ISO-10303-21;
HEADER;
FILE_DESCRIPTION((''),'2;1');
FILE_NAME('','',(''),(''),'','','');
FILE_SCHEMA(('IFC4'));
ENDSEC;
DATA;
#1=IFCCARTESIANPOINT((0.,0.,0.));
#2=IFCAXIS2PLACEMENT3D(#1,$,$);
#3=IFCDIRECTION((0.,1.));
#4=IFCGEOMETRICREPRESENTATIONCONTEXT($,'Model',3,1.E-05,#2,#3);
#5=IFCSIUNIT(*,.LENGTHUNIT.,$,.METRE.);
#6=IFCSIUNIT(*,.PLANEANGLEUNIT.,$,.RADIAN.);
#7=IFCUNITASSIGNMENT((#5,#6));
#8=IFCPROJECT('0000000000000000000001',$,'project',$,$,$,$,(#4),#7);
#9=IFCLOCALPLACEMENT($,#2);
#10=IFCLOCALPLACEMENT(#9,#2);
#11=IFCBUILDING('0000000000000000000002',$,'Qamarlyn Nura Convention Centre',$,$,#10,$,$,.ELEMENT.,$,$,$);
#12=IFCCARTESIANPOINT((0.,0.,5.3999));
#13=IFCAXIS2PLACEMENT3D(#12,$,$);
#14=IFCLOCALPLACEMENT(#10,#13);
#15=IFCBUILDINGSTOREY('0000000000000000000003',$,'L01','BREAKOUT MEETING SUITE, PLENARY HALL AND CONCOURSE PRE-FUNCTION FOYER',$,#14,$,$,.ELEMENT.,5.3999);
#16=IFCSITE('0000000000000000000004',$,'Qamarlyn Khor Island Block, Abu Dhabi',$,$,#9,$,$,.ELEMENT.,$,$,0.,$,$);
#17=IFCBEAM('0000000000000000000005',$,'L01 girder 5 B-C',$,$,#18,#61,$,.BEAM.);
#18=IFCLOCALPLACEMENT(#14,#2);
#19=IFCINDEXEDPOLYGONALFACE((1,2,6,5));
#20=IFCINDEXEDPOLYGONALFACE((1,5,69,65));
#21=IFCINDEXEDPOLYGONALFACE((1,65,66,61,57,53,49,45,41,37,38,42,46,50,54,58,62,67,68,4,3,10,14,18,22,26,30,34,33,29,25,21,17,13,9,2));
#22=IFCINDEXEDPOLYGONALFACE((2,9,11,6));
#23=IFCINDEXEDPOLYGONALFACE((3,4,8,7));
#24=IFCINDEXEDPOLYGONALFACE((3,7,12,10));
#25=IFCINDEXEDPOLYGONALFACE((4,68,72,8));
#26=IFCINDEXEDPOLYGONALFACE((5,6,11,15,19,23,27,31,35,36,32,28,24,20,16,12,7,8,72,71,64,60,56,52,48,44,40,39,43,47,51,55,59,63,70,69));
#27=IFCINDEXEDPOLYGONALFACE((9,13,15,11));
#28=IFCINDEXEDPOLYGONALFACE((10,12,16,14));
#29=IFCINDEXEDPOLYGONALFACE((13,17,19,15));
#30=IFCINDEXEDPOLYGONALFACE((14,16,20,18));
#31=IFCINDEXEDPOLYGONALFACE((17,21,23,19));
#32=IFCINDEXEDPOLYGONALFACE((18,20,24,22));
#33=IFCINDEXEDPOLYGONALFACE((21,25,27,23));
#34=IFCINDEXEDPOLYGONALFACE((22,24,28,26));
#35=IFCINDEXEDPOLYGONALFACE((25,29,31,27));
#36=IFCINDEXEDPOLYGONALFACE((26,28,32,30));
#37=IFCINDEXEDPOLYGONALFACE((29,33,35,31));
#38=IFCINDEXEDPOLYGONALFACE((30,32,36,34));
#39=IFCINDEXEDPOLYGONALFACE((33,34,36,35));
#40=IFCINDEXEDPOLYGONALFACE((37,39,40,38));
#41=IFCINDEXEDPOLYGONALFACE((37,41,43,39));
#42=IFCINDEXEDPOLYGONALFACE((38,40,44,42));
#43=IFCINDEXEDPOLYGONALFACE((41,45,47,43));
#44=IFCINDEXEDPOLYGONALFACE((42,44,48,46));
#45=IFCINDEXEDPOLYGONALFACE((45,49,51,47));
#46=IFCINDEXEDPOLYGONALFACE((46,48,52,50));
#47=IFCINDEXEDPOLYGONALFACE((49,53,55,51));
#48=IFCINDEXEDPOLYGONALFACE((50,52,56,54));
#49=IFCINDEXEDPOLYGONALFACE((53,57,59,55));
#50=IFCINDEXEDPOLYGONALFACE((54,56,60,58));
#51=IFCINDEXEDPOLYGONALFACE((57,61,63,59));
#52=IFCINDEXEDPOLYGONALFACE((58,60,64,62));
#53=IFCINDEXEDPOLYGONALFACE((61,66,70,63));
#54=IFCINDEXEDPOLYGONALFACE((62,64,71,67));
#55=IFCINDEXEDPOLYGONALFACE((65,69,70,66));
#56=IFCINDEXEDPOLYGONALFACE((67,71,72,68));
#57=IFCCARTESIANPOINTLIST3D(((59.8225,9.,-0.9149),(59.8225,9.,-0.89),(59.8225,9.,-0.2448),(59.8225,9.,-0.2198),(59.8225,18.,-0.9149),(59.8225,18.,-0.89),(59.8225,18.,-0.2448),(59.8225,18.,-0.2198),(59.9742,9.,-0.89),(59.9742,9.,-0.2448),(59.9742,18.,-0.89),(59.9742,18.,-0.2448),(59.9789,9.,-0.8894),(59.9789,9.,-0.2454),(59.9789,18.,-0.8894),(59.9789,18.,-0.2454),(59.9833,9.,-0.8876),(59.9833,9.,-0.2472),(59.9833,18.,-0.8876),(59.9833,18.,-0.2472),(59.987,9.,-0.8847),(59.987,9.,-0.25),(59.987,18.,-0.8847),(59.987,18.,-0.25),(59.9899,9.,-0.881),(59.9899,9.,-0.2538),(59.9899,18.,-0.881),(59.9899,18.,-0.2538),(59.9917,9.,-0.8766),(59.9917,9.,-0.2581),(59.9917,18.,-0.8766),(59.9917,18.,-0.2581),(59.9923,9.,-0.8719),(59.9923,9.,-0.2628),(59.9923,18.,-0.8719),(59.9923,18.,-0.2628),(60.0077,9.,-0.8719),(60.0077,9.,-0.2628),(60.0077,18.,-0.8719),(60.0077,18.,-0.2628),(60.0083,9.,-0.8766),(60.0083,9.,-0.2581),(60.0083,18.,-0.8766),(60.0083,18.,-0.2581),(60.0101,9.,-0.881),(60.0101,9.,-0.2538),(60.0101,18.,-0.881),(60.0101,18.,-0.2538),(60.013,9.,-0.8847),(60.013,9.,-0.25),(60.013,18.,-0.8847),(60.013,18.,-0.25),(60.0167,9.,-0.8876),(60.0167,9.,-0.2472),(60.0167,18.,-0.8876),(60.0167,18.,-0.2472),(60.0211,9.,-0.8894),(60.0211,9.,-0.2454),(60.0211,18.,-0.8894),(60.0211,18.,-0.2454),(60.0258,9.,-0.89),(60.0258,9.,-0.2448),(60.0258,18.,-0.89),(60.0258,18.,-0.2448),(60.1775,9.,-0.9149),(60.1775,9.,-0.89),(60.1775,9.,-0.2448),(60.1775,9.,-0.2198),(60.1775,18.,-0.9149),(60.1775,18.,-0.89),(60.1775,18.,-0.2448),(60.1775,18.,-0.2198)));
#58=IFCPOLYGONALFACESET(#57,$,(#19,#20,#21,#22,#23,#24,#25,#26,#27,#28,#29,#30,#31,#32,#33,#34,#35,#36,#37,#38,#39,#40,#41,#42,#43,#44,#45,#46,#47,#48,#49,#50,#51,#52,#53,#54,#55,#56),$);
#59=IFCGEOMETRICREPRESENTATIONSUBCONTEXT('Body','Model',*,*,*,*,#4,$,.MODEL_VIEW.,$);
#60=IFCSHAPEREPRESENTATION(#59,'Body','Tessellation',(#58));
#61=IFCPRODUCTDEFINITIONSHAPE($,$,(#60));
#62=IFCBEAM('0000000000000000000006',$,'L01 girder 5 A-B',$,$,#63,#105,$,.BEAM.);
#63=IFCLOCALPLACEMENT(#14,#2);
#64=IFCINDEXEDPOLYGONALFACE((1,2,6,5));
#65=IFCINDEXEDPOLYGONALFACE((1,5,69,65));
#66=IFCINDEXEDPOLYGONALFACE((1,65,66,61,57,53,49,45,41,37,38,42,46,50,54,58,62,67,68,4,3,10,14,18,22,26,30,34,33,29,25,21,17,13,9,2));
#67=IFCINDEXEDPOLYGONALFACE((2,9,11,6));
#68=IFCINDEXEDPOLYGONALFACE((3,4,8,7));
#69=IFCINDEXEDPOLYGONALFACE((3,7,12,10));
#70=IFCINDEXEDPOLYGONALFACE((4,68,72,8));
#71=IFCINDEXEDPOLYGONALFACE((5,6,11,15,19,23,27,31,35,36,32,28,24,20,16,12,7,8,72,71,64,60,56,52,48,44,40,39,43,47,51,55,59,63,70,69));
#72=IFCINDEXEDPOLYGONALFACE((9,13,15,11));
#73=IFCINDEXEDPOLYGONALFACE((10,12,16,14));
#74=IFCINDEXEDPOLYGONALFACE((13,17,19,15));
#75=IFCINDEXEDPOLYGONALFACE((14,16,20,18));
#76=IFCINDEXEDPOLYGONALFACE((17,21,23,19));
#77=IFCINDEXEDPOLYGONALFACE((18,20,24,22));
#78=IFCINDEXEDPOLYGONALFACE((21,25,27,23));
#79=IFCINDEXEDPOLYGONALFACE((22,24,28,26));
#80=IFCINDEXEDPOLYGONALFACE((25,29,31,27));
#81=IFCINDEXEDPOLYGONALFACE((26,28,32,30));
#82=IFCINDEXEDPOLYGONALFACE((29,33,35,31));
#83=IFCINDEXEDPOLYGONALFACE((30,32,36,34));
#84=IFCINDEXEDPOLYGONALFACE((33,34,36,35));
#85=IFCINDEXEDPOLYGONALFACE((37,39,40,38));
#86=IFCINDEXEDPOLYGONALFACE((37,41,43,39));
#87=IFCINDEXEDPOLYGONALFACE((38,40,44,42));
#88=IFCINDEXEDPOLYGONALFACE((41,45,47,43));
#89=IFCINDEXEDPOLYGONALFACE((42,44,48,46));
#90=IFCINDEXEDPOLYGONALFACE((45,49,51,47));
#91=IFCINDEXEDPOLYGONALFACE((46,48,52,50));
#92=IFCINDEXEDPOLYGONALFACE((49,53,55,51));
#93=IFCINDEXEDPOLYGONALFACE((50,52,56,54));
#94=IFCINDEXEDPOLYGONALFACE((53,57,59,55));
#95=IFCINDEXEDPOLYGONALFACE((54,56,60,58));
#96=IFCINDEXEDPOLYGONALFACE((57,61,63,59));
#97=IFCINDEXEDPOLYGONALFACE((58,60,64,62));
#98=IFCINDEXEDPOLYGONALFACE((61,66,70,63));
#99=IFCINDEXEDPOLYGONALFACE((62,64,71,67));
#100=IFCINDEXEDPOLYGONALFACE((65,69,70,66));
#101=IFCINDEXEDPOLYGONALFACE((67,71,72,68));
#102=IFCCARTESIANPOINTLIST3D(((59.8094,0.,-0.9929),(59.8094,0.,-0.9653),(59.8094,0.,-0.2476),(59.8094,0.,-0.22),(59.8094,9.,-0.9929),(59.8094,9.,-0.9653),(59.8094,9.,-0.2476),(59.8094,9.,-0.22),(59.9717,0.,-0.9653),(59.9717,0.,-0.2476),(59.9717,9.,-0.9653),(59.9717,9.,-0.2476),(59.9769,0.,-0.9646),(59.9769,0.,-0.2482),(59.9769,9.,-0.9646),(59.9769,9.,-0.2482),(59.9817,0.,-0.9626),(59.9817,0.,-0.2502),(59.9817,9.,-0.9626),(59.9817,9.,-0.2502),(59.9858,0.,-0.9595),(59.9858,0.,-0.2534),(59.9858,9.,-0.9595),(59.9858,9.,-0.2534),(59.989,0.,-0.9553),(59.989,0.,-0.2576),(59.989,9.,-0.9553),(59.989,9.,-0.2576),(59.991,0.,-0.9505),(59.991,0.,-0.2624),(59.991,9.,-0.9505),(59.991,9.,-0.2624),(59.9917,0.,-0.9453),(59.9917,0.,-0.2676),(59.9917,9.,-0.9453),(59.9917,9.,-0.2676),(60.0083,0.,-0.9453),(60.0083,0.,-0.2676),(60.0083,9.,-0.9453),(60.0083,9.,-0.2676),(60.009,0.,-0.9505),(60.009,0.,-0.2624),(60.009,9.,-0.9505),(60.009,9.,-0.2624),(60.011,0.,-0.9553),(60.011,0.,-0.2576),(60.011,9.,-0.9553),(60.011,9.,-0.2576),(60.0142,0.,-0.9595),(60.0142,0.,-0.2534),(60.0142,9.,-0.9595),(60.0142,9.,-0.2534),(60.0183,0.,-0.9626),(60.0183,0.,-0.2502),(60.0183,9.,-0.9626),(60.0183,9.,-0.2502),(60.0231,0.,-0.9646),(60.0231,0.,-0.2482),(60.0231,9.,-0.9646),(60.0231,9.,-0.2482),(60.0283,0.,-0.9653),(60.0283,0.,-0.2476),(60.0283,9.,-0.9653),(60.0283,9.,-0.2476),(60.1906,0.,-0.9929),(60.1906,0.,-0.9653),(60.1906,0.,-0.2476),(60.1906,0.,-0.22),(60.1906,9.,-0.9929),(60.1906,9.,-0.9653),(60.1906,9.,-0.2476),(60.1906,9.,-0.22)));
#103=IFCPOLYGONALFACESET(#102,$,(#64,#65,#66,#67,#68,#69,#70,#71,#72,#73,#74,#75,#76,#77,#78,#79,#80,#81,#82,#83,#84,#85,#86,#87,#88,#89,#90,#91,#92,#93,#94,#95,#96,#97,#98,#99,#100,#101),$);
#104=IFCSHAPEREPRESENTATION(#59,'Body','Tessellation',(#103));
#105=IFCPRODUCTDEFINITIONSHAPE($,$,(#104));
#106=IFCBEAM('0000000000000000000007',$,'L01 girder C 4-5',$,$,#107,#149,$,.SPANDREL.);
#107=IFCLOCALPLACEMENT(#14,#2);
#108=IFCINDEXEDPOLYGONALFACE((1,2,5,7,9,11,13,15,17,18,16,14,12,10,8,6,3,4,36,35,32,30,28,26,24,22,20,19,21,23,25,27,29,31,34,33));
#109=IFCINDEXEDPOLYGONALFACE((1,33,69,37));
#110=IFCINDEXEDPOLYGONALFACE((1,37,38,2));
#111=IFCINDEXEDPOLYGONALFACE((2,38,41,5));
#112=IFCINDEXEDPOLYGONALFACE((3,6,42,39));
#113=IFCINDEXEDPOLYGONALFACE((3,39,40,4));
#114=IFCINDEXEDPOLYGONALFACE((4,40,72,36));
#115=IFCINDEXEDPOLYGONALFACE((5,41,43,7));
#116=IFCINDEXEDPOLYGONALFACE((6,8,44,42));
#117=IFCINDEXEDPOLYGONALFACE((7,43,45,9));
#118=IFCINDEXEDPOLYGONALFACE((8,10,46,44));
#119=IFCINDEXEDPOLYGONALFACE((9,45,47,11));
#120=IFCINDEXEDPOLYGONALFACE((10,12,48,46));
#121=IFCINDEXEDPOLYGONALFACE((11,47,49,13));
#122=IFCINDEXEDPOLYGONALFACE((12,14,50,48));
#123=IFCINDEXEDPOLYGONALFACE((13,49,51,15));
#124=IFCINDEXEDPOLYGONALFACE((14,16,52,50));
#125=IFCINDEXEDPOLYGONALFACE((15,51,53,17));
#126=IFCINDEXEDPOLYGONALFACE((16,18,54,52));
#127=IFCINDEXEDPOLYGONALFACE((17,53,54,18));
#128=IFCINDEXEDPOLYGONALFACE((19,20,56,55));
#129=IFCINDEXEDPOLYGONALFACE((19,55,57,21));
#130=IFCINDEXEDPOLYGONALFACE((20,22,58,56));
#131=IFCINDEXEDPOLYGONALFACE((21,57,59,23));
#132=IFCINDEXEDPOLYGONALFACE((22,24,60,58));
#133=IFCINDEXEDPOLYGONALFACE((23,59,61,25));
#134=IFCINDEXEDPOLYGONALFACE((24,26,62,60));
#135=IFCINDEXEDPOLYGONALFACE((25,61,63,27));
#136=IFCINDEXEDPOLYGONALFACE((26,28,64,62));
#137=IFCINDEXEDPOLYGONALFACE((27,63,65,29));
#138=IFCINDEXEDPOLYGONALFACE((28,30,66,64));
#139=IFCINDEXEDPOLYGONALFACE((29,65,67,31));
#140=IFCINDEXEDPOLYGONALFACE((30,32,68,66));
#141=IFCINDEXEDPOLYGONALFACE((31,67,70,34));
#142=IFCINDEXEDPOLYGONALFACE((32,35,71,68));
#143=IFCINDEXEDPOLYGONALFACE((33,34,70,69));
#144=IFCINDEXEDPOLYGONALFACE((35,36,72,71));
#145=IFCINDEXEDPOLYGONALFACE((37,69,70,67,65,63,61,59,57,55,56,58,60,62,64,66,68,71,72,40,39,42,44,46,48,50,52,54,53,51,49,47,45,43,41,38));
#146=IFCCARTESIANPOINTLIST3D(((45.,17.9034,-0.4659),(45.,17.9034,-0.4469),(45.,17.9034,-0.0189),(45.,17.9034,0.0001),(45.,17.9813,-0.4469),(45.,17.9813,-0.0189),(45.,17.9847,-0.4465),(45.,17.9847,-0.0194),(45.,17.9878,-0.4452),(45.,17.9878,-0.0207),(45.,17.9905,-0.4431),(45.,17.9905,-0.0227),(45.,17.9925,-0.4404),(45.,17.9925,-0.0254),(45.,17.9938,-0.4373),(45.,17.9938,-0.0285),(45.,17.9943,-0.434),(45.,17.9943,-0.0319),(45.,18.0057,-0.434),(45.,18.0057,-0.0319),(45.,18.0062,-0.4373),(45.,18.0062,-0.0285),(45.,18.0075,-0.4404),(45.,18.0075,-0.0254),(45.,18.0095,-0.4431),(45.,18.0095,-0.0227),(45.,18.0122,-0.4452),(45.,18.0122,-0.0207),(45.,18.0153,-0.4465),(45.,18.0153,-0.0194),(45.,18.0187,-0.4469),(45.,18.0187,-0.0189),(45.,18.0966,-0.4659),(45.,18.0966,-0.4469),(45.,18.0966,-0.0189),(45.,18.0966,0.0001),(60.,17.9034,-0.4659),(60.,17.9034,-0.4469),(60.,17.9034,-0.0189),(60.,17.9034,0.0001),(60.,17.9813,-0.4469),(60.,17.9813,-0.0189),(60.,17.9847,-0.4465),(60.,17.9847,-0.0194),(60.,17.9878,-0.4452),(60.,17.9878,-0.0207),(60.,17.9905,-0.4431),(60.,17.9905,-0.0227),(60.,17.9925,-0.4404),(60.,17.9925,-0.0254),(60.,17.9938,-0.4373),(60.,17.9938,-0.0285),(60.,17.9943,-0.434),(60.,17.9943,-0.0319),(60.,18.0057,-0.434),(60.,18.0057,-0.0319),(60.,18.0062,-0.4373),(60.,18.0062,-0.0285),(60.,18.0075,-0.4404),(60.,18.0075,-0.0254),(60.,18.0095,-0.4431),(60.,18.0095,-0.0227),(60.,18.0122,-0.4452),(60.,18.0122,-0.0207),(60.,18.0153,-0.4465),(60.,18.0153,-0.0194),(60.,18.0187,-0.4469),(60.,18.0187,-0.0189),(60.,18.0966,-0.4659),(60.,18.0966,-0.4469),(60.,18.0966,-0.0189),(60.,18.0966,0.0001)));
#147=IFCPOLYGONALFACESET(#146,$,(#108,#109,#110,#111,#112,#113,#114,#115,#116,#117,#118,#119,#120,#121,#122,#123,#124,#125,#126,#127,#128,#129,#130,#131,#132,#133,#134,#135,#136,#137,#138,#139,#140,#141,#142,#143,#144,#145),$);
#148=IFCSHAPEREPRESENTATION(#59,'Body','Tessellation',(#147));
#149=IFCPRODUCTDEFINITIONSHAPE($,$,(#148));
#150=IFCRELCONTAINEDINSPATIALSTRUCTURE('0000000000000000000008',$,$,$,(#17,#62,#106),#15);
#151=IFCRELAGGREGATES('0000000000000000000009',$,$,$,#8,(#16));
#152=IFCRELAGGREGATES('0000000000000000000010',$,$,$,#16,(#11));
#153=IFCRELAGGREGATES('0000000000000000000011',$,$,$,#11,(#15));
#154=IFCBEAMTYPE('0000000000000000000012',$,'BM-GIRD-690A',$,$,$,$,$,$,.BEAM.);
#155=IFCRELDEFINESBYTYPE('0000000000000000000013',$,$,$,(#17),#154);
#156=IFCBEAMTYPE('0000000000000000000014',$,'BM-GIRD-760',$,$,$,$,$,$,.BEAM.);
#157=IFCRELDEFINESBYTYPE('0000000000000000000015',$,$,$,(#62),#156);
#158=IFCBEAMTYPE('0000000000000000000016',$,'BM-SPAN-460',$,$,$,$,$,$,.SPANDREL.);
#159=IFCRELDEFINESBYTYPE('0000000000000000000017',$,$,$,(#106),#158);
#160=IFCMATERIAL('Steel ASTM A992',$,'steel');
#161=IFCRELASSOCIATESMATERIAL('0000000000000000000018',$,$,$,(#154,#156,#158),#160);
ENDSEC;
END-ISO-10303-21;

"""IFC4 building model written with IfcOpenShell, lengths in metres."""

from ifc_helpers import new_model, si_unit, direction, frame, origin, origin_2d, place, context, subcontext, project, spatial, i_section, extrude, material, material_profile, profile_set, type_object, element, save


model = new_model("IFC4")

# Units and contexts
model_context = context("Model", 3, precision=1e-05, world=origin(), true_north=direction((0.0, 1.0)))
body_context = subcontext(model_context, "Body", "Model", "MODEL_VIEW")
ifc_project = project(units=[si_unit("LENGTHUNIT", "METRE"), si_unit("PLANEANGLEUNIT", "RADIAN")], contexts=[model_context])

# Site, building, storey
site_placement = place(None, origin())
site = spatial("IfcSite", under=ifc_project, at=site_placement, Name="Qamarlyn Khor Island Block, Abu Dhabi", CompositionType="ELEMENT", RefElevation=0.0)
building_placement = place(site_placement, origin())
building = spatial("IfcBuilding", under=site, at=building_placement, Name="Qamarlyn Nura Convention Centre", CompositionType="ELEMENT")
storey_placement = place(building_placement, frame((0.0, 0.0, 5.3999)))
storey = spatial("IfcBuildingStorey", under=building, at=storey_placement, Name="L01", Description="BREAKOUT MEETING SUITE, PLENARY HALL AND CONCOURSE PRE-FUNCTION FOYER", CompositionType="ELEMENT", Elevation=5.3999)

# Shared definitions
ifc_material_1 = material(Name="Steel ASTM A992", Category="steel")

# Beams
ifc_material_profile_1 = material_profile(ifc_material_1, i_section(OverallWidth=0.355, OverallDepth=0.6951, WebThickness=0.0154, FlangeThickness=0.0249, FilletRadius=0.0181, at=origin_2d()), Name="W690X217")
ifc_profile_set_1 = profile_set([ifc_material_profile_1], Name="Steel ASTM A992")
beam_type_1 = type_object("IfcBeamType", Name="BM-GIRD-690A", PredefinedType="BEAM", material=ifc_profile_set_1)
beam_1_placement = place(storey_placement, frame((60.0, 9.0, -0.5674), z_axis=(0.0, 1.0, 0.0), x_axis=(-1.0, 0.0, 0.0)))
element("IfcBeam", 1, at=beam_1_placement, inside=storey, type_object=beam_type_1, Name="L01 girder 5 B-C", PredefinedType="BEAM", context=body_context, shape_type="SweptSolid", body=[
    extrude(i_section(OverallWidth=0.355, OverallDepth=0.6951, WebThickness=0.0154, FlangeThickness=0.0249, FilletRadius=0.0181, at=origin_2d()), origin(), (0.0, 0.0, 1.0), 9.0),
])
ifc_material_profile_2 = material_profile(ifc_material_1, i_section(OverallWidth=0.3811, OverallDepth=0.7729, WebThickness=0.0166, FlangeThickness=0.0276, FilletRadius=0.02, at=origin_2d()), Name="W760X257")
ifc_profile_set_2 = profile_set([ifc_material_profile_2], Name="Steel ASTM A992")
beam_type_2 = type_object("IfcBeamType", Name="BM-GIRD-760", PredefinedType="BEAM", material=ifc_profile_set_2)
beam_2_placement = place(storey_placement, frame((60.0, 0.0, -0.6064), z_axis=(0.0, 1.0, 0.0), x_axis=(-1.0, 0.0, 0.0)))
element("IfcBeam", 2, at=beam_2_placement, inside=storey, type_object=beam_type_2, Name="L01 girder 5 A-B", PredefinedType="BEAM", context=body_context, shape_type="SweptSolid", body=[
    extrude(i_section(OverallWidth=0.3811, OverallDepth=0.7729, WebThickness=0.0166, FlangeThickness=0.0276, FilletRadius=0.02, at=origin_2d()), origin(), (0.0, 0.0, 1.0), 9.0),
])
ifc_material_profile_3 = material_profile(ifc_material_1, i_section(OverallWidth=0.1931, OverallDepth=0.4661, WebThickness=0.0115, FlangeThickness=0.019, FilletRadius=0.0129, at=origin_2d()), Name="W460X97")
ifc_profile_set_3 = profile_set([ifc_material_profile_3], Name="Steel ASTM A992")
beam_type_3 = type_object("IfcBeamType", Name="BM-SPAN-460", PredefinedType="SPANDREL", material=ifc_profile_set_3)
beam_3_placement = place(storey_placement, frame((45.0, 18.0, -0.2329), z_axis=(1.0, 0.0, 0.0), x_axis=(0.0, 1.0, 0.0)))
element("IfcBeam", 3, at=beam_3_placement, inside=storey, type_object=beam_type_3, Name="L01 girder C 4-5", PredefinedType="SPANDREL", context=body_context, shape_type="SweptSolid", body=[
    extrude(i_section(OverallWidth=0.1931, OverallDepth=0.4661, WebThickness=0.0115, FlangeThickness=0.019, FilletRadius=0.0129, at=origin_2d()), origin(), (0.0, 0.0, 1.0), 15.0),
])

save(model, "model.ifc")
